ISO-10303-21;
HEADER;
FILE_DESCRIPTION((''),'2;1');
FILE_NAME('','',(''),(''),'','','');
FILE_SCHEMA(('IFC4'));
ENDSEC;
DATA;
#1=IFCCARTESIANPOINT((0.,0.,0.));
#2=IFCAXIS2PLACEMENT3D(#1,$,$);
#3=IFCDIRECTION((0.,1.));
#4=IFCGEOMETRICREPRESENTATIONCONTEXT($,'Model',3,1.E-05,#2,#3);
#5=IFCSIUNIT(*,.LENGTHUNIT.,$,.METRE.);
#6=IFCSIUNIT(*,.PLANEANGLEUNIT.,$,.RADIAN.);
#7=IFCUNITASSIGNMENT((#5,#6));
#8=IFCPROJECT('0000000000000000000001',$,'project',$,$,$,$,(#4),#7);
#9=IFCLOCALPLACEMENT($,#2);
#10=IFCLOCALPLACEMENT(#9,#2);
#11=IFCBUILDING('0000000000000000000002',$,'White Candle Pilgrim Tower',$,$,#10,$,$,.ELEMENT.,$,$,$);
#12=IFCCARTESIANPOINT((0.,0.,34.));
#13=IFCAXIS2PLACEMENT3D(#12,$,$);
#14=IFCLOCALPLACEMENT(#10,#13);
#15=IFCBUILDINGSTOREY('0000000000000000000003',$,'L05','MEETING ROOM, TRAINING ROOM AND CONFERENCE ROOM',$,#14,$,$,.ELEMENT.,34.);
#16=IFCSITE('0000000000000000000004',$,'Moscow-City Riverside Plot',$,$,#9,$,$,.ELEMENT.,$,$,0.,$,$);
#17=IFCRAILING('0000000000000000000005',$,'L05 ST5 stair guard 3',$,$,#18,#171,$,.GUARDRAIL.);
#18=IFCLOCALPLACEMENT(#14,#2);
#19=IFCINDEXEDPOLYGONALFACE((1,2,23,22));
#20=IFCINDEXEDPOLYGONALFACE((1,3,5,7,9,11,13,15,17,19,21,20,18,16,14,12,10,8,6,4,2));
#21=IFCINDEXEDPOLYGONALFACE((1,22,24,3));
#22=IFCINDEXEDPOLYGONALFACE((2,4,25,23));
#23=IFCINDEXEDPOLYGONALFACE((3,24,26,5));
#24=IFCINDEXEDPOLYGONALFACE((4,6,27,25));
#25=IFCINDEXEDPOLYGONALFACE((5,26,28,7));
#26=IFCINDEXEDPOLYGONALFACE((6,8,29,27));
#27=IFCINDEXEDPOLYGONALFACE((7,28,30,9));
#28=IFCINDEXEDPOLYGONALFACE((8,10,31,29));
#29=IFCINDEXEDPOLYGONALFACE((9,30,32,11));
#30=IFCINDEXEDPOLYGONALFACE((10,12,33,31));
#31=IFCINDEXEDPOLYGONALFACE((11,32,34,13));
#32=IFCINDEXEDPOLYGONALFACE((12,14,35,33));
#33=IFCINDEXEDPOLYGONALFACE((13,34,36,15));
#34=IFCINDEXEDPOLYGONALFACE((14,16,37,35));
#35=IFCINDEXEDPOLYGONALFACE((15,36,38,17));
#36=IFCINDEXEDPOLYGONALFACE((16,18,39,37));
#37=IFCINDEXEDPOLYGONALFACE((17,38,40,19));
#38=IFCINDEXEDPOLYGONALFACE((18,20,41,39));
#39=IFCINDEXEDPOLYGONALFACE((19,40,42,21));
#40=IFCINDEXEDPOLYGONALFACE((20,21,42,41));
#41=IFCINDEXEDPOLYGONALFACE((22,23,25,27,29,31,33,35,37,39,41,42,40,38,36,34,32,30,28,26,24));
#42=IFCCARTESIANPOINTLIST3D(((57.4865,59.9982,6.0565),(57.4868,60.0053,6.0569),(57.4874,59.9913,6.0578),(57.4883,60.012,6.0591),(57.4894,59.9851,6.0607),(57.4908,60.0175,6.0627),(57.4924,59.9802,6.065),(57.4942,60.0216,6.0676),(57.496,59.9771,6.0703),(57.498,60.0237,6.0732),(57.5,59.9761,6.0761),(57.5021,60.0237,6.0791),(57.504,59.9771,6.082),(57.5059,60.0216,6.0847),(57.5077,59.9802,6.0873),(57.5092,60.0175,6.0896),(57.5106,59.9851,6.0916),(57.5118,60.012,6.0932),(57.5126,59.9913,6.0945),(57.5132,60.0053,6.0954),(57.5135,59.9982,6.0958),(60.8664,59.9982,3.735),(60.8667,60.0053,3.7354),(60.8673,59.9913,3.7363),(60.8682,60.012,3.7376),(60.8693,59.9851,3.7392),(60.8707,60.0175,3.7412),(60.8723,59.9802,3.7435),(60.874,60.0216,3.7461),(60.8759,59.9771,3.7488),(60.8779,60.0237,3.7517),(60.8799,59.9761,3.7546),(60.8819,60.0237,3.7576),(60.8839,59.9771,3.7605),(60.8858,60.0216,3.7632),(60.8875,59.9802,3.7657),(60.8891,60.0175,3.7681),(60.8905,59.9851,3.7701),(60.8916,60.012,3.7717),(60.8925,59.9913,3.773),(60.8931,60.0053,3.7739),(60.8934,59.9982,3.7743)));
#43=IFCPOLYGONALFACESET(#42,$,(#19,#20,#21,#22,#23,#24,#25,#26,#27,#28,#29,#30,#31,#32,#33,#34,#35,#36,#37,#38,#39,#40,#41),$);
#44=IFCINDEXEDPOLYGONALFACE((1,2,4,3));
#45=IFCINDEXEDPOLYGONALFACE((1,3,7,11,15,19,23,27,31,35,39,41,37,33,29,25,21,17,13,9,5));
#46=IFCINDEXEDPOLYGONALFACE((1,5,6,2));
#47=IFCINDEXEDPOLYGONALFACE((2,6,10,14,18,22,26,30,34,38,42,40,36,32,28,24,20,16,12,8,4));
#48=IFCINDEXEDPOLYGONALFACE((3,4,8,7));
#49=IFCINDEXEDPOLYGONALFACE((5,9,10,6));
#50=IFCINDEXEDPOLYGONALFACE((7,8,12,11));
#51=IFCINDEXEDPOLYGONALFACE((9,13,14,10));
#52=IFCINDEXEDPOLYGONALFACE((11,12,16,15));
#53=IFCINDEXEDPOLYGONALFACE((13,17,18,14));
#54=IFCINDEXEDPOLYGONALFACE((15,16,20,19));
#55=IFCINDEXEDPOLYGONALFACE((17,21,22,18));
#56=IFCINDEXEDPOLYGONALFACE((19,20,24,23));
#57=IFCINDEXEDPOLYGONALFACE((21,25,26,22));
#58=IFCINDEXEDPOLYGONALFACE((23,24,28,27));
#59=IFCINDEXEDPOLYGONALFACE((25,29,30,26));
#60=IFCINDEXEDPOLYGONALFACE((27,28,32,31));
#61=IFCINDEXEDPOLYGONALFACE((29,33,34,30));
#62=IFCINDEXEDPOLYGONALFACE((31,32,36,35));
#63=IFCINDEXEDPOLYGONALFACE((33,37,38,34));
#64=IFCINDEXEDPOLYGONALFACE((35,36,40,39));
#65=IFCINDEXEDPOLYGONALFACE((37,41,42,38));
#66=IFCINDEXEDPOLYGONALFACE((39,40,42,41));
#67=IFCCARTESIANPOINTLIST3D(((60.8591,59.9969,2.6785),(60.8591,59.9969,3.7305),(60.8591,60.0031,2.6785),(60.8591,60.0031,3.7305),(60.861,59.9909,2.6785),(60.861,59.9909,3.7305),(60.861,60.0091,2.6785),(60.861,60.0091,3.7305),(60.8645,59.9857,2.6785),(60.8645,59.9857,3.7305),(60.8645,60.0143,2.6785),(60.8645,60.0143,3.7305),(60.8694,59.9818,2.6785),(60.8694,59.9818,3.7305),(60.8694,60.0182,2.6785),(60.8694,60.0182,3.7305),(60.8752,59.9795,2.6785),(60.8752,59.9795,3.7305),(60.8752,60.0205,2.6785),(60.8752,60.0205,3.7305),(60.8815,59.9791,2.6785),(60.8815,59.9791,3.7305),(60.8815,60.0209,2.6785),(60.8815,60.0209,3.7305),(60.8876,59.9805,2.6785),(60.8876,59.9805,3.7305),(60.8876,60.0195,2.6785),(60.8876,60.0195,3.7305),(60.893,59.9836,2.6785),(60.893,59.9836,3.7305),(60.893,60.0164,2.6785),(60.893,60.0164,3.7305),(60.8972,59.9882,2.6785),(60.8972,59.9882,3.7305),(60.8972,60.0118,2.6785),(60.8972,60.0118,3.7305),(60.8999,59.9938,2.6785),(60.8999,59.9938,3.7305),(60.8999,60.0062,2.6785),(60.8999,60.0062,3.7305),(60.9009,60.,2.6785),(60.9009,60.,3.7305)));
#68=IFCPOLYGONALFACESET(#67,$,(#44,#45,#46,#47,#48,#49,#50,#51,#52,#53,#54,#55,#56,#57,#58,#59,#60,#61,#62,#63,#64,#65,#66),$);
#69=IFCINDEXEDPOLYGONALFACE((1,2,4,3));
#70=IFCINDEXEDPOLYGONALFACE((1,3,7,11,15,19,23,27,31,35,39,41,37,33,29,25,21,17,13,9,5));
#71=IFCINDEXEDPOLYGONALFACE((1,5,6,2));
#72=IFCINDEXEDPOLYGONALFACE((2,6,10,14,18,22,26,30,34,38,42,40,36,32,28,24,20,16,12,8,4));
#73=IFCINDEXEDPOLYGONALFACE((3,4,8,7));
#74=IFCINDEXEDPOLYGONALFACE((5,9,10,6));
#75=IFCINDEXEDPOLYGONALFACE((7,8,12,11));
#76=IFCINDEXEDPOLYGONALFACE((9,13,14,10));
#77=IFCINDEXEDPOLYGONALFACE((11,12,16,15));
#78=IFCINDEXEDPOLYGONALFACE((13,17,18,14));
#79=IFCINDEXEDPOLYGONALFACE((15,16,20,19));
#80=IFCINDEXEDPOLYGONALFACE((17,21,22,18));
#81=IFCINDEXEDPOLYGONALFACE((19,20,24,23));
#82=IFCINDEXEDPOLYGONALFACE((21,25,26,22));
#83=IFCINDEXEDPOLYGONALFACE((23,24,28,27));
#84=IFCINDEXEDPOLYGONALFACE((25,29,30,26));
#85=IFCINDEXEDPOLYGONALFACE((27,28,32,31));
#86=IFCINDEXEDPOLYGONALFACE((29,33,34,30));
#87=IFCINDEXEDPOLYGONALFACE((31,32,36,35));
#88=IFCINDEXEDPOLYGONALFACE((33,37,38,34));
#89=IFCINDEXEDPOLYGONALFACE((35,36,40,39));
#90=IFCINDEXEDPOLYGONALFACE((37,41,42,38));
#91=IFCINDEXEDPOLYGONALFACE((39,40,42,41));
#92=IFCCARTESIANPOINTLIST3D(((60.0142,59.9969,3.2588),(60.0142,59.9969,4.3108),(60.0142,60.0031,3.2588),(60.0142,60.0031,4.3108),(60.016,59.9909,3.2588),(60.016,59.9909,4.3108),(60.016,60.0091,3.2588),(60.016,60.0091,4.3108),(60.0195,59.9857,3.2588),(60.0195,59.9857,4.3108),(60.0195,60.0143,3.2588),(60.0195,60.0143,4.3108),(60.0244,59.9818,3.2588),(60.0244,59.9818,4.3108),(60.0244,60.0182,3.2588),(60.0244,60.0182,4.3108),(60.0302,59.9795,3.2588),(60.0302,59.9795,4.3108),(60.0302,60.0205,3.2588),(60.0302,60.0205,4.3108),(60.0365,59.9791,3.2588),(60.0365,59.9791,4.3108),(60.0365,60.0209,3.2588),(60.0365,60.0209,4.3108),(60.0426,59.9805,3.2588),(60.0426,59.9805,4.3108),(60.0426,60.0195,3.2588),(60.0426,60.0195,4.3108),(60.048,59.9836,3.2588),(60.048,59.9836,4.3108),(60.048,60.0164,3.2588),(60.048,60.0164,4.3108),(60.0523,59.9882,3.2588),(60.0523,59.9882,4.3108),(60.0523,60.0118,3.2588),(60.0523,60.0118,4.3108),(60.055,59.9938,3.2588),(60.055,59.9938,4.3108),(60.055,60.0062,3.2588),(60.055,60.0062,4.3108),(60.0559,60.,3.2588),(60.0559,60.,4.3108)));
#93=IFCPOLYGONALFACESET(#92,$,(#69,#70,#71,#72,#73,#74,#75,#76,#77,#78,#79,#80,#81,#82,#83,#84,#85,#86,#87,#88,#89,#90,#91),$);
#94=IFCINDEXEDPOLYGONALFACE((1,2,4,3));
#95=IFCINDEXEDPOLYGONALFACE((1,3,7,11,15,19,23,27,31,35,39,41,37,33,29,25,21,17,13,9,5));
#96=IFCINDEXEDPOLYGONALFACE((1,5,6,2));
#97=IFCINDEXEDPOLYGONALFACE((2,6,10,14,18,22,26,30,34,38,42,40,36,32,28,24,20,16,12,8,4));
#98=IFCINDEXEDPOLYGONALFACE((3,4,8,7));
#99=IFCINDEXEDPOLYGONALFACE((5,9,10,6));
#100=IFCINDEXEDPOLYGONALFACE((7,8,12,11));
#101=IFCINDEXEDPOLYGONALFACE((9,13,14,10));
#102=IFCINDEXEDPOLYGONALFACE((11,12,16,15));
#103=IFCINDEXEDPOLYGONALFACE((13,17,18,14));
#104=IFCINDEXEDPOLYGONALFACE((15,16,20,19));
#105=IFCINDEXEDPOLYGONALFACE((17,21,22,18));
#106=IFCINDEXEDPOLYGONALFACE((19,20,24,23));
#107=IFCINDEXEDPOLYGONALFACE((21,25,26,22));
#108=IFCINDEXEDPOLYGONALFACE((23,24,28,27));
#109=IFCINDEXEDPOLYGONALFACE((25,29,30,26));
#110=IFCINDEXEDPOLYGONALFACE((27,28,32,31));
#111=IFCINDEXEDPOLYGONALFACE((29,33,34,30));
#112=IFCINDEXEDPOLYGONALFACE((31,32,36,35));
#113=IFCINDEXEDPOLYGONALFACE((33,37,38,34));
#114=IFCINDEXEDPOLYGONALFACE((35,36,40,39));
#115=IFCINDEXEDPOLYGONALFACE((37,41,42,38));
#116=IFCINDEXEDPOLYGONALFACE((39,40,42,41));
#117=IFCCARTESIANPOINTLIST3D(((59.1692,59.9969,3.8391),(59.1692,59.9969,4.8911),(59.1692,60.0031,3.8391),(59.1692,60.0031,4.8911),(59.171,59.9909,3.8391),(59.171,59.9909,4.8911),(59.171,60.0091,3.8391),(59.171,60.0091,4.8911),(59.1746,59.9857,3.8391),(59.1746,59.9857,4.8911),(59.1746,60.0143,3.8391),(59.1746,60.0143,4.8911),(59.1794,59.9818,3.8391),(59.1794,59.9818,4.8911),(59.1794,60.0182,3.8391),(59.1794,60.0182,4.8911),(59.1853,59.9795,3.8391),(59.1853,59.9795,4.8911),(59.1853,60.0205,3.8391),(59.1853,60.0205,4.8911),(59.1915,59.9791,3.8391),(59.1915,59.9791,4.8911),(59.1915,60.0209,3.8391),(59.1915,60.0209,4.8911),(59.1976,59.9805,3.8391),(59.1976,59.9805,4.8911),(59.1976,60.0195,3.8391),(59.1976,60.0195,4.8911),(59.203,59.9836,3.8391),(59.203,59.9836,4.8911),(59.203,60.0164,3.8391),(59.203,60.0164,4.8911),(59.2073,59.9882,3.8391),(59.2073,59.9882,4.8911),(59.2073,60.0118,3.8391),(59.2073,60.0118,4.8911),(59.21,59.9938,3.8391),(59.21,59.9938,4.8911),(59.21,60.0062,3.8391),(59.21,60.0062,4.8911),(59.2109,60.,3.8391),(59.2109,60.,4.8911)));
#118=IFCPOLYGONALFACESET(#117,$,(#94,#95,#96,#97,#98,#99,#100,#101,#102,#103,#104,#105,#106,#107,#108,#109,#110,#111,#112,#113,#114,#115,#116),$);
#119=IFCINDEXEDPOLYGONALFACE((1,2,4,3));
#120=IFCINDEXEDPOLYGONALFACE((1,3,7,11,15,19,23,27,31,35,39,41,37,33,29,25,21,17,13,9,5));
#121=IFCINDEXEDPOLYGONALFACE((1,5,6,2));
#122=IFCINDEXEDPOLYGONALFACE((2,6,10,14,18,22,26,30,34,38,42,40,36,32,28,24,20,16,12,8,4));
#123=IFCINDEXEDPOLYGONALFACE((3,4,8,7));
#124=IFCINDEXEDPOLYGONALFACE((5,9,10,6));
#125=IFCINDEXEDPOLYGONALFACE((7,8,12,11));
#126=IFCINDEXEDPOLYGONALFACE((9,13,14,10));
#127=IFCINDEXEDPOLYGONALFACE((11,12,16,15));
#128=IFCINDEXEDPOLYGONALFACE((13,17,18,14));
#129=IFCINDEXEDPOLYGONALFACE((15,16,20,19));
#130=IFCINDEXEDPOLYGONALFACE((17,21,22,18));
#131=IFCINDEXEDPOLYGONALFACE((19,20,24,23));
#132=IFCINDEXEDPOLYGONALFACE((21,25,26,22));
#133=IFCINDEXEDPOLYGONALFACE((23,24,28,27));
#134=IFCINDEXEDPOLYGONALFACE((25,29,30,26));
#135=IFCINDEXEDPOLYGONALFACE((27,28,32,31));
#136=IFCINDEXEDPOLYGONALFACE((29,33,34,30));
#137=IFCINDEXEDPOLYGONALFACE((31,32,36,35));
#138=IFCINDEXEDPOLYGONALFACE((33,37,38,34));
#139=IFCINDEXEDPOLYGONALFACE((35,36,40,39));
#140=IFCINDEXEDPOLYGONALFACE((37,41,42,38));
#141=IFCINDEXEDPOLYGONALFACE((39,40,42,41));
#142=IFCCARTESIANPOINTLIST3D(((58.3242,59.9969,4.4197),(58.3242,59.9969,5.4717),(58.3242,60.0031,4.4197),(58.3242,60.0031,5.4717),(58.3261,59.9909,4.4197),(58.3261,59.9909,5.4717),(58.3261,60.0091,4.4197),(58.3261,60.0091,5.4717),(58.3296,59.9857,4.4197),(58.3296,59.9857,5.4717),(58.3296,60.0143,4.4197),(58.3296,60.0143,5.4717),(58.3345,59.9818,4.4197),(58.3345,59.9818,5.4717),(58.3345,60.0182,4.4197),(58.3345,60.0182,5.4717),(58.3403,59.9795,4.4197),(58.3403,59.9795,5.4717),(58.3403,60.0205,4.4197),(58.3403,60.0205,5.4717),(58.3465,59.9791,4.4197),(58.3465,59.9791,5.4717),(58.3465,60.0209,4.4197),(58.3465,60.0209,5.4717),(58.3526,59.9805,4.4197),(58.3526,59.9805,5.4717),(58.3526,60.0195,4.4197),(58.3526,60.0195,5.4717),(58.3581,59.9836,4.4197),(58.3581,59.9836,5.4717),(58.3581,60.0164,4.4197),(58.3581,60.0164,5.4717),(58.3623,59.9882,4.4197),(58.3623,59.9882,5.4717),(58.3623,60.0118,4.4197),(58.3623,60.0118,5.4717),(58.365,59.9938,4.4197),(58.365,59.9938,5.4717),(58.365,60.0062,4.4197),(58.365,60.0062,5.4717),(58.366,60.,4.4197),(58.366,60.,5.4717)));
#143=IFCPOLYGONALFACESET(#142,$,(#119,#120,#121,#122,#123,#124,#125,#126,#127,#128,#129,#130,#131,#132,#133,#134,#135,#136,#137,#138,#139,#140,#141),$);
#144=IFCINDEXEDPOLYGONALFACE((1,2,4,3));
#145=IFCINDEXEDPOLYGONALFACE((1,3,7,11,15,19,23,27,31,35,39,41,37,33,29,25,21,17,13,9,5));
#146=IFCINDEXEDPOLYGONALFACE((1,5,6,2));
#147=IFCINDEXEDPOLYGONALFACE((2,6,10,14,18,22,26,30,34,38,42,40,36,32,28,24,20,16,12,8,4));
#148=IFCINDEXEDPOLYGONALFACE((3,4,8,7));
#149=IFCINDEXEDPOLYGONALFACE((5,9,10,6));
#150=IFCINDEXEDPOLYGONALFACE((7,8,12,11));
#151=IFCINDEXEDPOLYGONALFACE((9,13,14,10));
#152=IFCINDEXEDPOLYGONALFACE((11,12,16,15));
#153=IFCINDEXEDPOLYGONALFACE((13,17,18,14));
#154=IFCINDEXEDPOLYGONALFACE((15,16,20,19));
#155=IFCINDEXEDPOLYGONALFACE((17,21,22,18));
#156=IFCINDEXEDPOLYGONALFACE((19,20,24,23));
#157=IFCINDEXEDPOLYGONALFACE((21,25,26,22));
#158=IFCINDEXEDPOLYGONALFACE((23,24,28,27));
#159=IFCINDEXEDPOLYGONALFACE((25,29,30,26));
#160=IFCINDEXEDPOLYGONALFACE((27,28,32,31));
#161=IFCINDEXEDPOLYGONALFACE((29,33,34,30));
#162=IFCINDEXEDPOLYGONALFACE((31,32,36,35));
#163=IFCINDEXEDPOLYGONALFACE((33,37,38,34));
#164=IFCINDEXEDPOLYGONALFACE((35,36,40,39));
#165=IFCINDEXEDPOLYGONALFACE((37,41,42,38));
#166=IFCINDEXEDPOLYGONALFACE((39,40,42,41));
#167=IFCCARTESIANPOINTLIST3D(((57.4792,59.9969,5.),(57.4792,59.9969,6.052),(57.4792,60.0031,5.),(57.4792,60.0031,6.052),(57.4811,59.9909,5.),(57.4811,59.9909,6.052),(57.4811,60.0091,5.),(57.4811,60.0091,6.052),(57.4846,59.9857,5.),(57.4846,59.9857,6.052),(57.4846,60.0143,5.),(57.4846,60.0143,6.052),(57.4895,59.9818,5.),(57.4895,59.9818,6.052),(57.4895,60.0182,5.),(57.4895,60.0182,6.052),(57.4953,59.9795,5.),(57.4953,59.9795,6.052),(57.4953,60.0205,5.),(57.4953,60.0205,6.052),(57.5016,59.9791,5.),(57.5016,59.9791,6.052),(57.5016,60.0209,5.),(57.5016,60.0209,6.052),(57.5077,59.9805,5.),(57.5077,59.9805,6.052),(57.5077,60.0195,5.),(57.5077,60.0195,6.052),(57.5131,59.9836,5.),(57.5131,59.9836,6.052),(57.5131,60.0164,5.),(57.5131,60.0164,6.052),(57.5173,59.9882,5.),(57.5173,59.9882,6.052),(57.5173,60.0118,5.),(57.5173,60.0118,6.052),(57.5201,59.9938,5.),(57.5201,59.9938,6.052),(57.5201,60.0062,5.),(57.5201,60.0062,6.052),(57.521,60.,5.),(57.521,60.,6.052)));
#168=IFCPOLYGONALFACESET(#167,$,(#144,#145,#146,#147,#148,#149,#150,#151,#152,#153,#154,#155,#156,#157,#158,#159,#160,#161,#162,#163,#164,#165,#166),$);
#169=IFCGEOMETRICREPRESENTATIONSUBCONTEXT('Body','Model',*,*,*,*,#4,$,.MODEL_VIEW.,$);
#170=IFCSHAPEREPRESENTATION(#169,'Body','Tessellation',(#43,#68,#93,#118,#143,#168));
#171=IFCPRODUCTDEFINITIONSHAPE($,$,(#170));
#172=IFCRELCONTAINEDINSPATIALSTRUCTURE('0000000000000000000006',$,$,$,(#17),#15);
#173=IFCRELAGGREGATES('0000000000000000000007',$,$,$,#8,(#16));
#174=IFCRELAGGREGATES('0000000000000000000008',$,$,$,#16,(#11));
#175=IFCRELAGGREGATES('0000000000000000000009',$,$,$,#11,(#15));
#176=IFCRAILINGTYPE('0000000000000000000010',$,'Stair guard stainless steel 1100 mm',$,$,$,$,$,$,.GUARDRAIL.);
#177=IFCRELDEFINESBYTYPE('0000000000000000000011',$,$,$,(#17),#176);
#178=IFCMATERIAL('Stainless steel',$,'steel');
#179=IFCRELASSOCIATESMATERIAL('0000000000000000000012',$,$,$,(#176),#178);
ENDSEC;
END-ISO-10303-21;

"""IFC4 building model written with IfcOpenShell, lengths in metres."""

from ifc_helpers import new_model, si_unit, direction, frame, origin, origin_2d, place, context, subcontext, project, spatial, circle, extrude, material, type_object, element, save


model = new_model("IFC4")

# Units and contexts
model_context = context("Model", 3, precision=1e-05, world=origin(), true_north=direction((0.0, 1.0)))
body_context = subcontext(model_context, "Body", "Model", "MODEL_VIEW")
ifc_project = project(units=[si_unit("LENGTHUNIT", "METRE"), si_unit("PLANEANGLEUNIT", "RADIAN")], contexts=[model_context])

# Site, building, storey
site_placement = place(None, origin())
site = spatial("IfcSite", under=ifc_project, at=site_placement, Name="Moscow-City Riverside Plot", CompositionType="ELEMENT", RefElevation=0.0)
building_placement = place(site_placement, origin())
building = spatial("IfcBuilding", under=site, at=building_placement, Name="White Candle Pilgrim Tower", CompositionType="ELEMENT")
storey_placement = place(building_placement, frame((0.0, 0.0, 34.0)))
storey = spatial("IfcBuildingStorey", under=building, at=storey_placement, Name="L05", Description="MEETING ROOM, TRAINING ROOM AND CONFERENCE ROOM", CompositionType="ELEMENT", Elevation=34.0)

# Railing
ifc_material_1 = material(Name="Stainless steel", Category="steel")
railing_type_1 = type_object("IfcRailingType", Name="Stair guard stainless steel 1100 mm", PredefinedType="GUARDRAIL", material=ifc_material_1)
railing_1_placement = place(storey_placement, frame((60.8799, 60.0, 2.6785)))
element("IfcRailing", 1, at=railing_1_placement, inside=storey, type_object=railing_type_1, Name="L05 ST5 stair guard 3", PredefinedType="GUARDRAIL", context=body_context, shape_type="SweptSolid", body=[
    extrude(circle(Radius=0.0239, at=origin_2d()), frame((0.0, 0.0, 1.0762), z_axis=(-0.824285, 0.0, 0.566175), x_axis=(0.0, -1.0, 0.0)), (0.0, 0.0, 1.0), 4.1003),
    extrude(circle(Radius=0.021, at=origin_2d()), origin(), (0.0, 0.0, 1.0), 1.052),
    extrude(circle(Radius=0.021, at=origin_2d()), frame((-0.845, 0.0, 0.5803)), (0.0, 0.0, 1.0), 1.052),
    extrude(circle(Radius=0.021, at=origin_2d()), frame((-1.6899, 0.0, 1.1606)), (0.0, 0.0, 1.0), 1.052),
    extrude(circle(Radius=0.021, at=origin_2d()), frame((-2.5349, 0.0, 1.7412)), (0.0, 0.0, 1.0), 1.052),
    extrude(circle(Radius=0.021, at=origin_2d()), frame((-3.3799, 0.0, 2.3215)), (0.0, 0.0, 1.0), 1.052),
])

save(model, "model.ifc")
